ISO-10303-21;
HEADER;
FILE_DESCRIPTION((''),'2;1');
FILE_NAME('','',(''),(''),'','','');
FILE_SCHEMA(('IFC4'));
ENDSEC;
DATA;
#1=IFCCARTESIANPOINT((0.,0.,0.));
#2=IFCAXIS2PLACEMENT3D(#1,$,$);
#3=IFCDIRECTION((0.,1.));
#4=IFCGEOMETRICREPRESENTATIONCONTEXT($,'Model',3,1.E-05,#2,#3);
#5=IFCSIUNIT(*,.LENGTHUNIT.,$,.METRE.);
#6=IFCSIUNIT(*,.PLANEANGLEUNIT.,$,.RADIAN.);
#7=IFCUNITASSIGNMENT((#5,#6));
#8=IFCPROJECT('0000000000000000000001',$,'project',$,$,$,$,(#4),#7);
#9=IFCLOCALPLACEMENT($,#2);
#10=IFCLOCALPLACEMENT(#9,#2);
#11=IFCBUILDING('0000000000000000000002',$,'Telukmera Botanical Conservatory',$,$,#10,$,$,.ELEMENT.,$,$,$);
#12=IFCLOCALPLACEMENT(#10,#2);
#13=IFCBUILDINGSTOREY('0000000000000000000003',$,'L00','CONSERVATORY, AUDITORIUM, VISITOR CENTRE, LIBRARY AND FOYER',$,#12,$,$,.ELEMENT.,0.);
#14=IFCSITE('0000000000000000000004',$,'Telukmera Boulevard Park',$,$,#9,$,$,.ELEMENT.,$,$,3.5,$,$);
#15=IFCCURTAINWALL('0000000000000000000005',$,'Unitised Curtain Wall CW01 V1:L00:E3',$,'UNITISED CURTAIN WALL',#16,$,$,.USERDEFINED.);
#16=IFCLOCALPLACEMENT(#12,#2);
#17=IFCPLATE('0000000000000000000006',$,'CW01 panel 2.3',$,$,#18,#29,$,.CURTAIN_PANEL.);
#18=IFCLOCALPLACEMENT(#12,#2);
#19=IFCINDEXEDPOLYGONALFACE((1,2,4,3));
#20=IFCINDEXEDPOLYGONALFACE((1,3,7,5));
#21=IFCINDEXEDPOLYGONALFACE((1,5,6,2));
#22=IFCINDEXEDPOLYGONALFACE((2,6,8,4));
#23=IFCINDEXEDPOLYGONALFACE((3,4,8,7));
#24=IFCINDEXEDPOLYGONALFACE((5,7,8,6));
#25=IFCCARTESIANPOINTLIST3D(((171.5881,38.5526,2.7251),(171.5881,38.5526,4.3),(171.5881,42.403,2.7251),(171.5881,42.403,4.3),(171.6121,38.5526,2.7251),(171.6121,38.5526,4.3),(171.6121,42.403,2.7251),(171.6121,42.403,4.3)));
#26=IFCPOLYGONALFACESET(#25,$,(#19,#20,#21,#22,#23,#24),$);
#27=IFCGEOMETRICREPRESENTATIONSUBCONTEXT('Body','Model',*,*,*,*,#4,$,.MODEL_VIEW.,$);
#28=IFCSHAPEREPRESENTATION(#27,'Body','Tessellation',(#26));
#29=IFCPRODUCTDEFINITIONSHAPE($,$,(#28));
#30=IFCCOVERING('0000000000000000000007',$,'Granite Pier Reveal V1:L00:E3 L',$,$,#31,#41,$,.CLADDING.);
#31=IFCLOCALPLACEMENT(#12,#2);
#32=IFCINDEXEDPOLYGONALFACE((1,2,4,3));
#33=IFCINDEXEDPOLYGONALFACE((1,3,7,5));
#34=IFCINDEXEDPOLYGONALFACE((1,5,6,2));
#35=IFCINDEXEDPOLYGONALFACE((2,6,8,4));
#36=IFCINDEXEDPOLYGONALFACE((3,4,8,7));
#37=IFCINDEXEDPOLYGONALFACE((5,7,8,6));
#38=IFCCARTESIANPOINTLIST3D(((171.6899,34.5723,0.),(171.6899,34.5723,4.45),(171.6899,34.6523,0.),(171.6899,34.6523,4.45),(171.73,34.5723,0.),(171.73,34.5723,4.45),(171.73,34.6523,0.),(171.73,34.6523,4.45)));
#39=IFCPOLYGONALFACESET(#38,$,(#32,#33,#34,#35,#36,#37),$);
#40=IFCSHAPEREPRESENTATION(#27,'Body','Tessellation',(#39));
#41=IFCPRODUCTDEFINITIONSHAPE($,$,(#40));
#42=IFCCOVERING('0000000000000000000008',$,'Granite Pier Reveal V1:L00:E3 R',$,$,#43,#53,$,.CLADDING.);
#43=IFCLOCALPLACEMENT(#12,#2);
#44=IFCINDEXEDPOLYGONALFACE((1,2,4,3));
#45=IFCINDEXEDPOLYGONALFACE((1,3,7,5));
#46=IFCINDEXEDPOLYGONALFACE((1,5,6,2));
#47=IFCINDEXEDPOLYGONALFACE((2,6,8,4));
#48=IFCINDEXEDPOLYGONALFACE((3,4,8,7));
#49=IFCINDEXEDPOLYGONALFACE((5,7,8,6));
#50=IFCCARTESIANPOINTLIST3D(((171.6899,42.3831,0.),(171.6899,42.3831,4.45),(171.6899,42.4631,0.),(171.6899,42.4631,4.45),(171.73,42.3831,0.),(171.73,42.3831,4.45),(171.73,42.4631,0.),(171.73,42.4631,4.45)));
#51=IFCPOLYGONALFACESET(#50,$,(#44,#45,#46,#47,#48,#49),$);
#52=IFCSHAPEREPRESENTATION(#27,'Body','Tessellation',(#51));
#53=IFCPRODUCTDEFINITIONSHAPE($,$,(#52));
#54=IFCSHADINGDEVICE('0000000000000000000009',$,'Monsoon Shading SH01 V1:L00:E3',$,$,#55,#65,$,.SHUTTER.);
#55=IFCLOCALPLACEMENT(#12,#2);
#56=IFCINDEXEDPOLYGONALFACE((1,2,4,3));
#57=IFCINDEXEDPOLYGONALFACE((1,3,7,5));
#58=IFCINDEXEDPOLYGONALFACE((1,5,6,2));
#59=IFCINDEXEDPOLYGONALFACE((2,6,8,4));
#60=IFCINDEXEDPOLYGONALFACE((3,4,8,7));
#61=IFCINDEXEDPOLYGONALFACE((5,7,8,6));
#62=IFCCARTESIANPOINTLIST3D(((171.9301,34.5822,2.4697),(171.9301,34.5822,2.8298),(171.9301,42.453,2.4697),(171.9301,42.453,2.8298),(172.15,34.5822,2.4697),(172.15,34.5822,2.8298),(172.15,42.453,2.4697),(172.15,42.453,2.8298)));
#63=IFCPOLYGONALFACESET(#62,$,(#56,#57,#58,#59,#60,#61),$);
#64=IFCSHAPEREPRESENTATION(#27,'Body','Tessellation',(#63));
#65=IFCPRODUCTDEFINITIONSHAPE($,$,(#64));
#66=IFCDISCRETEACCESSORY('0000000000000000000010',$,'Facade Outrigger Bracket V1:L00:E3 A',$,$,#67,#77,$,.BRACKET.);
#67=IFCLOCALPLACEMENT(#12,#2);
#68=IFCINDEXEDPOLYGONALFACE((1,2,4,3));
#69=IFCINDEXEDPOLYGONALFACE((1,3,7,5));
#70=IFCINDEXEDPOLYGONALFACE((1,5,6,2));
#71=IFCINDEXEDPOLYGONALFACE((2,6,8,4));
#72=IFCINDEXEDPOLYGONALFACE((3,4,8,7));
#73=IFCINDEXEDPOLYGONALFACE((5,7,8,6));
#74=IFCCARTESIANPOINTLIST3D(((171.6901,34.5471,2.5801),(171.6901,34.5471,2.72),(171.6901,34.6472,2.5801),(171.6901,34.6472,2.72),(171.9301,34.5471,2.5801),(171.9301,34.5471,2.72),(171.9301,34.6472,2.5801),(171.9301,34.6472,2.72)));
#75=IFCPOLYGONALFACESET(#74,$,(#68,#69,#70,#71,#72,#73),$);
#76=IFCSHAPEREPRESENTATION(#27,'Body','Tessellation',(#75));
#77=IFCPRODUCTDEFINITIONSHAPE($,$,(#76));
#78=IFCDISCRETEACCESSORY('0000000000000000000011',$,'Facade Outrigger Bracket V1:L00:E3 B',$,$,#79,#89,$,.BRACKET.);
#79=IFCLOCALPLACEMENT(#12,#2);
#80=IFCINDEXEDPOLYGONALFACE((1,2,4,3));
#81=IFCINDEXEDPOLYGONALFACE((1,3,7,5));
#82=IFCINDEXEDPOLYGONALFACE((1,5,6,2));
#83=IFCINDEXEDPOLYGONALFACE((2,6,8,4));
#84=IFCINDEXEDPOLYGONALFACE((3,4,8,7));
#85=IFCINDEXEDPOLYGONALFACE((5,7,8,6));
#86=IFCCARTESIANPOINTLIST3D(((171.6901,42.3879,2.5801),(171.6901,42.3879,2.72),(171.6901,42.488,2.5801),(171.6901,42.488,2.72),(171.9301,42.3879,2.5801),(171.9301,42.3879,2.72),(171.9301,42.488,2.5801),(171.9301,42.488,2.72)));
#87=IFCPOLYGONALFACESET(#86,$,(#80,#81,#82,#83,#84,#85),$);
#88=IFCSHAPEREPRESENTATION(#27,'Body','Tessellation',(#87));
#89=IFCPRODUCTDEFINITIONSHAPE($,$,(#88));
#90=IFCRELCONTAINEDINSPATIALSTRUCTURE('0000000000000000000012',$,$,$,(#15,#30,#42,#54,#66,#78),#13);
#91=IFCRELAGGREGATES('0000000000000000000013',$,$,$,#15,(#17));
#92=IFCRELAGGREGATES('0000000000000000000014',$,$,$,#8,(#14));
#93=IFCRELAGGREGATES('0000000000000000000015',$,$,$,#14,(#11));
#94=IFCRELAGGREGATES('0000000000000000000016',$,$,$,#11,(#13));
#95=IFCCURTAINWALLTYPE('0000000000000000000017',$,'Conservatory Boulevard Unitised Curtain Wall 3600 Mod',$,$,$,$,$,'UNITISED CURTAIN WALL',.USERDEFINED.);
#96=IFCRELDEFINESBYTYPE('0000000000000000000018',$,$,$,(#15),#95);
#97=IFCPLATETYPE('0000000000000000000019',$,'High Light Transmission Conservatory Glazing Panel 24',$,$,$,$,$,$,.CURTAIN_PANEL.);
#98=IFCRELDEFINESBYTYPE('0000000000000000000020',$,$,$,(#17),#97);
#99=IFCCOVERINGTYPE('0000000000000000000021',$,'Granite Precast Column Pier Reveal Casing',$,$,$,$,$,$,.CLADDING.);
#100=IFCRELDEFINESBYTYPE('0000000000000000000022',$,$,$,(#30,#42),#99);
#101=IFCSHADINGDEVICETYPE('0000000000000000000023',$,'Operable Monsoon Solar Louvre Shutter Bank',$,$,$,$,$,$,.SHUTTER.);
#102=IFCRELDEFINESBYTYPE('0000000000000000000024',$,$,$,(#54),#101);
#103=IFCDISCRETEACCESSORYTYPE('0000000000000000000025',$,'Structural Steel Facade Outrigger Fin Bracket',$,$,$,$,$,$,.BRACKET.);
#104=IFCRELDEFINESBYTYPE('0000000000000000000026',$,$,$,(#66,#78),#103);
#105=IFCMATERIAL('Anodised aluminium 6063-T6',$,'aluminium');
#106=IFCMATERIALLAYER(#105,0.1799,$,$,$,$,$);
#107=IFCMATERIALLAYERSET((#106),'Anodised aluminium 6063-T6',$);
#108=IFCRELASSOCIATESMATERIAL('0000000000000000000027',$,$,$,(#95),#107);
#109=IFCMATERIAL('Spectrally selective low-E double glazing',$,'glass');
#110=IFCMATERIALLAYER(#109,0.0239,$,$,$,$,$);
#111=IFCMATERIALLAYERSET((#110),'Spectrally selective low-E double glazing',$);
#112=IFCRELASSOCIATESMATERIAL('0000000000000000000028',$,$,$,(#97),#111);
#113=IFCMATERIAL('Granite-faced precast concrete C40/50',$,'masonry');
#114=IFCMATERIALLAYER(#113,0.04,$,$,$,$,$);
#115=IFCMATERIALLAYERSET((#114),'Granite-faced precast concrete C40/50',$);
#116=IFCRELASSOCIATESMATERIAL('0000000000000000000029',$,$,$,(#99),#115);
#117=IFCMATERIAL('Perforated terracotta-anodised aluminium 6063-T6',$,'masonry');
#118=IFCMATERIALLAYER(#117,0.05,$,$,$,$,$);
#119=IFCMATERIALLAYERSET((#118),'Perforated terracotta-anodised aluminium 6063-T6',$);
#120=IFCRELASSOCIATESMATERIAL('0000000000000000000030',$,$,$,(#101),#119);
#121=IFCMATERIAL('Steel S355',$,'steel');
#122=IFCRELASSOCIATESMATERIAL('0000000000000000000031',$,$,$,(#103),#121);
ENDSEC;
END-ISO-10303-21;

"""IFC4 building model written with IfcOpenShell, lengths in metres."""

from ifc_helpers import new_model, si_unit, direction, frame, origin, origin_2d, place, context, subcontext, project, spatial, rectangle, extrude, material, layer, layer_set, type_object, element, aggregate, save


model = new_model("IFC4")

# Units and contexts
model_context = context("Model", 3, precision=1e-05, world=origin(), true_north=direction((0.0, 1.0)))
body_context = subcontext(model_context, "Body", "Model", "MODEL_VIEW")
ifc_project = project(units=[si_unit("LENGTHUNIT", "METRE"), si_unit("PLANEANGLEUNIT", "RADIAN")], contexts=[model_context])

# Site, building, storey
site_placement = place(None, origin())
site = spatial("IfcSite", under=ifc_project, at=site_placement, Name="Telukmera Boulevard Park", CompositionType="ELEMENT", RefElevation=3.5)
building_placement = place(site_placement, origin())
building = spatial("IfcBuilding", under=site, at=building_placement, Name="Telukmera Botanical Conservatory", CompositionType="ELEMENT")
storey_placement = place(building_placement, origin())
storey = spatial("IfcBuildingStorey", under=building, at=storey_placement, Name="L00", Description="CONSERVATORY, AUDITORIUM, VISITOR CENTRE, LIBRARY AND FOYER", CompositionType="ELEMENT", Elevation=0.0)

# Curtain wall, plate
ifc_material_1 = material(Name="Anodised aluminium 6063-T6", Category="aluminium")
ifc_layer_1 = layer(ifc_material_1, 0.1799)
ifc_layer_set_1 = layer_set([ifc_layer_1], Name="Anodised aluminium 6063-T6")
curtain_wall_type = type_object("IfcCurtainWallType", Name="Conservatory Boulevard Unitised Curtain Wall 3600 Mod", ElementType="UNITISED CURTAIN WALL", PredefinedType="USERDEFINED", material=ifc_layer_set_1)
curtain_wall_placement = place(storey_placement, origin())
curtain_wall = element("IfcCurtainWall", 1, at=curtain_wall_placement, inside=storey, type_object=curtain_wall_type, Name="Unitised Curtain Wall CW01 V1:L00:E3", ObjectType="UNITISED CURTAIN WALL", PredefinedType="USERDEFINED")
ifc_material_2 = material(Name="Spectrally selective low-E double glazing", Category="glass")
ifc_layer_2 = layer(ifc_material_2, 0.0239)
ifc_layer_set_2 = layer_set([ifc_layer_2], Name="Spectrally selective low-E double glazing")
plate_type = type_object("IfcPlateType", Name="High Light Transmission Conservatory Glazing Panel 24", PredefinedType="CURTAIN_PANEL", material=ifc_layer_set_2)
plate_1_placement = place(storey_placement, frame((171.6001, 40.4778, 2.7251), z_axis=(0.0, 0.0, 1.0), x_axis=(0.0, 1.0, 0.0)))
plate_1 = element("IfcPlate", 2, at=plate_1_placement, type_object=plate_type, Name="CW01 panel 2.3", PredefinedType="CURTAIN_PANEL", context=body_context, shape_type="SweptSolid", body=[
    extrude(rectangle(XDim=3.8503, YDim=0.0239, at=origin_2d()), origin(), (0.0, 0.0, 1.0), 1.575),
])
aggregate(curtain_wall, [plate_1])

# Coverings
ifc_material_3 = material(Name="Granite-faced precast concrete C40/50", Category="masonry")
ifc_layer_3 = layer(ifc_material_3, 0.04)
ifc_layer_set_3 = layer_set([ifc_layer_3], Name="Granite-faced precast concrete C40/50")
covering_type = type_object("IfcCoveringType", Name="Granite Precast Column Pier Reveal Casing", PredefinedType="CLADDING", material=ifc_layer_set_3)
for number, where, z_axis, x_axis, name in (
    (3, (171.71, 34.6123, 0.0), (0.0, 0.0, 1.0), (0.0, 1.0, 0.0), "Granite Pier Reveal V1:L00:E3 L"),
    (4, (171.71, 42.4231, 0.0), (0.0, 0.0, 1.0), (0.0, 1.0, 0.0), "Granite Pier Reveal V1:L00:E3 R"),
):
    element("IfcCovering", number, at=place(storey_placement, frame(where, z_axis=z_axis, x_axis=x_axis)), inside=storey, type_object=covering_type, Name=name, PredefinedType="CLADDING", context=body_context, shape_type="SweptSolid", body=[
        extrude(rectangle(XDim=0.0801, YDim=0.04, at=origin_2d()), origin(), (0.0, 0.0, 1.0), 4.45),
    ])

# Shading device
ifc_material_4 = material(Name="Perforated terracotta-anodised aluminium 6063-T6", Category="masonry")
ifc_layer_4 = layer(ifc_material_4, 0.05)
ifc_layer_set_4 = layer_set([ifc_layer_4], Name="Perforated terracotta-anodised aluminium 6063-T6")
shading_device_type = type_object("IfcShadingDeviceType", Name="Operable Monsoon Solar Louvre Shutter Bank", PredefinedType="SHUTTER", material=ifc_layer_set_4)
shading_device_placement = place(storey_placement, frame((172.04, 38.5176, 2.4697), z_axis=(0.0, 0.0, 1.0), x_axis=(0.0, 1.0, 0.0)))
element("IfcShadingDevice", 5, at=shading_device_placement, inside=storey, type_object=shading_device_type, Name="Monsoon Shading SH01 V1:L00:E3", PredefinedType="SHUTTER", context=body_context, shape_type="SweptSolid", body=[
    extrude(rectangle(XDim=7.8708, YDim=0.22, at=origin_2d()), origin(), (0.0, 0.0, 1.0), 0.3601),
])

# Discrete accessories
ifc_material_5 = material(Name="Steel S355", Category="steel")
discrete_accessory_type = type_object("IfcDiscreteAccessoryType", Name="Structural Steel Facade Outrigger Fin Bracket", PredefinedType="BRACKET", material=ifc_material_5)
for number, where, z_axis, x_axis, name in (
    (6, (171.8101, 34.5972, 2.5801), (0.0, 0.0, 1.0), (0.0, 1.0, 0.0), "Facade Outrigger Bracket V1:L00:E3 A"),
    (7, (171.8101, 42.438, 2.5801), (0.0, 0.0, 1.0), (0.0, 1.0, 0.0), "Facade Outrigger Bracket V1:L00:E3 B"),
):
    element("IfcDiscreteAccessory", number, at=place(storey_placement, frame(where, z_axis=z_axis, x_axis=x_axis)), inside=storey, type_object=discrete_accessory_type, Name=name, PredefinedType="BRACKET", context=body_context, shape_type="SweptSolid", body=[
        extrude(rectangle(XDim=0.1001, YDim=0.24, at=origin_2d()), origin(), (0.0, 0.0, 1.0), 0.1399),
    ])

save(model, "model.ifc")
